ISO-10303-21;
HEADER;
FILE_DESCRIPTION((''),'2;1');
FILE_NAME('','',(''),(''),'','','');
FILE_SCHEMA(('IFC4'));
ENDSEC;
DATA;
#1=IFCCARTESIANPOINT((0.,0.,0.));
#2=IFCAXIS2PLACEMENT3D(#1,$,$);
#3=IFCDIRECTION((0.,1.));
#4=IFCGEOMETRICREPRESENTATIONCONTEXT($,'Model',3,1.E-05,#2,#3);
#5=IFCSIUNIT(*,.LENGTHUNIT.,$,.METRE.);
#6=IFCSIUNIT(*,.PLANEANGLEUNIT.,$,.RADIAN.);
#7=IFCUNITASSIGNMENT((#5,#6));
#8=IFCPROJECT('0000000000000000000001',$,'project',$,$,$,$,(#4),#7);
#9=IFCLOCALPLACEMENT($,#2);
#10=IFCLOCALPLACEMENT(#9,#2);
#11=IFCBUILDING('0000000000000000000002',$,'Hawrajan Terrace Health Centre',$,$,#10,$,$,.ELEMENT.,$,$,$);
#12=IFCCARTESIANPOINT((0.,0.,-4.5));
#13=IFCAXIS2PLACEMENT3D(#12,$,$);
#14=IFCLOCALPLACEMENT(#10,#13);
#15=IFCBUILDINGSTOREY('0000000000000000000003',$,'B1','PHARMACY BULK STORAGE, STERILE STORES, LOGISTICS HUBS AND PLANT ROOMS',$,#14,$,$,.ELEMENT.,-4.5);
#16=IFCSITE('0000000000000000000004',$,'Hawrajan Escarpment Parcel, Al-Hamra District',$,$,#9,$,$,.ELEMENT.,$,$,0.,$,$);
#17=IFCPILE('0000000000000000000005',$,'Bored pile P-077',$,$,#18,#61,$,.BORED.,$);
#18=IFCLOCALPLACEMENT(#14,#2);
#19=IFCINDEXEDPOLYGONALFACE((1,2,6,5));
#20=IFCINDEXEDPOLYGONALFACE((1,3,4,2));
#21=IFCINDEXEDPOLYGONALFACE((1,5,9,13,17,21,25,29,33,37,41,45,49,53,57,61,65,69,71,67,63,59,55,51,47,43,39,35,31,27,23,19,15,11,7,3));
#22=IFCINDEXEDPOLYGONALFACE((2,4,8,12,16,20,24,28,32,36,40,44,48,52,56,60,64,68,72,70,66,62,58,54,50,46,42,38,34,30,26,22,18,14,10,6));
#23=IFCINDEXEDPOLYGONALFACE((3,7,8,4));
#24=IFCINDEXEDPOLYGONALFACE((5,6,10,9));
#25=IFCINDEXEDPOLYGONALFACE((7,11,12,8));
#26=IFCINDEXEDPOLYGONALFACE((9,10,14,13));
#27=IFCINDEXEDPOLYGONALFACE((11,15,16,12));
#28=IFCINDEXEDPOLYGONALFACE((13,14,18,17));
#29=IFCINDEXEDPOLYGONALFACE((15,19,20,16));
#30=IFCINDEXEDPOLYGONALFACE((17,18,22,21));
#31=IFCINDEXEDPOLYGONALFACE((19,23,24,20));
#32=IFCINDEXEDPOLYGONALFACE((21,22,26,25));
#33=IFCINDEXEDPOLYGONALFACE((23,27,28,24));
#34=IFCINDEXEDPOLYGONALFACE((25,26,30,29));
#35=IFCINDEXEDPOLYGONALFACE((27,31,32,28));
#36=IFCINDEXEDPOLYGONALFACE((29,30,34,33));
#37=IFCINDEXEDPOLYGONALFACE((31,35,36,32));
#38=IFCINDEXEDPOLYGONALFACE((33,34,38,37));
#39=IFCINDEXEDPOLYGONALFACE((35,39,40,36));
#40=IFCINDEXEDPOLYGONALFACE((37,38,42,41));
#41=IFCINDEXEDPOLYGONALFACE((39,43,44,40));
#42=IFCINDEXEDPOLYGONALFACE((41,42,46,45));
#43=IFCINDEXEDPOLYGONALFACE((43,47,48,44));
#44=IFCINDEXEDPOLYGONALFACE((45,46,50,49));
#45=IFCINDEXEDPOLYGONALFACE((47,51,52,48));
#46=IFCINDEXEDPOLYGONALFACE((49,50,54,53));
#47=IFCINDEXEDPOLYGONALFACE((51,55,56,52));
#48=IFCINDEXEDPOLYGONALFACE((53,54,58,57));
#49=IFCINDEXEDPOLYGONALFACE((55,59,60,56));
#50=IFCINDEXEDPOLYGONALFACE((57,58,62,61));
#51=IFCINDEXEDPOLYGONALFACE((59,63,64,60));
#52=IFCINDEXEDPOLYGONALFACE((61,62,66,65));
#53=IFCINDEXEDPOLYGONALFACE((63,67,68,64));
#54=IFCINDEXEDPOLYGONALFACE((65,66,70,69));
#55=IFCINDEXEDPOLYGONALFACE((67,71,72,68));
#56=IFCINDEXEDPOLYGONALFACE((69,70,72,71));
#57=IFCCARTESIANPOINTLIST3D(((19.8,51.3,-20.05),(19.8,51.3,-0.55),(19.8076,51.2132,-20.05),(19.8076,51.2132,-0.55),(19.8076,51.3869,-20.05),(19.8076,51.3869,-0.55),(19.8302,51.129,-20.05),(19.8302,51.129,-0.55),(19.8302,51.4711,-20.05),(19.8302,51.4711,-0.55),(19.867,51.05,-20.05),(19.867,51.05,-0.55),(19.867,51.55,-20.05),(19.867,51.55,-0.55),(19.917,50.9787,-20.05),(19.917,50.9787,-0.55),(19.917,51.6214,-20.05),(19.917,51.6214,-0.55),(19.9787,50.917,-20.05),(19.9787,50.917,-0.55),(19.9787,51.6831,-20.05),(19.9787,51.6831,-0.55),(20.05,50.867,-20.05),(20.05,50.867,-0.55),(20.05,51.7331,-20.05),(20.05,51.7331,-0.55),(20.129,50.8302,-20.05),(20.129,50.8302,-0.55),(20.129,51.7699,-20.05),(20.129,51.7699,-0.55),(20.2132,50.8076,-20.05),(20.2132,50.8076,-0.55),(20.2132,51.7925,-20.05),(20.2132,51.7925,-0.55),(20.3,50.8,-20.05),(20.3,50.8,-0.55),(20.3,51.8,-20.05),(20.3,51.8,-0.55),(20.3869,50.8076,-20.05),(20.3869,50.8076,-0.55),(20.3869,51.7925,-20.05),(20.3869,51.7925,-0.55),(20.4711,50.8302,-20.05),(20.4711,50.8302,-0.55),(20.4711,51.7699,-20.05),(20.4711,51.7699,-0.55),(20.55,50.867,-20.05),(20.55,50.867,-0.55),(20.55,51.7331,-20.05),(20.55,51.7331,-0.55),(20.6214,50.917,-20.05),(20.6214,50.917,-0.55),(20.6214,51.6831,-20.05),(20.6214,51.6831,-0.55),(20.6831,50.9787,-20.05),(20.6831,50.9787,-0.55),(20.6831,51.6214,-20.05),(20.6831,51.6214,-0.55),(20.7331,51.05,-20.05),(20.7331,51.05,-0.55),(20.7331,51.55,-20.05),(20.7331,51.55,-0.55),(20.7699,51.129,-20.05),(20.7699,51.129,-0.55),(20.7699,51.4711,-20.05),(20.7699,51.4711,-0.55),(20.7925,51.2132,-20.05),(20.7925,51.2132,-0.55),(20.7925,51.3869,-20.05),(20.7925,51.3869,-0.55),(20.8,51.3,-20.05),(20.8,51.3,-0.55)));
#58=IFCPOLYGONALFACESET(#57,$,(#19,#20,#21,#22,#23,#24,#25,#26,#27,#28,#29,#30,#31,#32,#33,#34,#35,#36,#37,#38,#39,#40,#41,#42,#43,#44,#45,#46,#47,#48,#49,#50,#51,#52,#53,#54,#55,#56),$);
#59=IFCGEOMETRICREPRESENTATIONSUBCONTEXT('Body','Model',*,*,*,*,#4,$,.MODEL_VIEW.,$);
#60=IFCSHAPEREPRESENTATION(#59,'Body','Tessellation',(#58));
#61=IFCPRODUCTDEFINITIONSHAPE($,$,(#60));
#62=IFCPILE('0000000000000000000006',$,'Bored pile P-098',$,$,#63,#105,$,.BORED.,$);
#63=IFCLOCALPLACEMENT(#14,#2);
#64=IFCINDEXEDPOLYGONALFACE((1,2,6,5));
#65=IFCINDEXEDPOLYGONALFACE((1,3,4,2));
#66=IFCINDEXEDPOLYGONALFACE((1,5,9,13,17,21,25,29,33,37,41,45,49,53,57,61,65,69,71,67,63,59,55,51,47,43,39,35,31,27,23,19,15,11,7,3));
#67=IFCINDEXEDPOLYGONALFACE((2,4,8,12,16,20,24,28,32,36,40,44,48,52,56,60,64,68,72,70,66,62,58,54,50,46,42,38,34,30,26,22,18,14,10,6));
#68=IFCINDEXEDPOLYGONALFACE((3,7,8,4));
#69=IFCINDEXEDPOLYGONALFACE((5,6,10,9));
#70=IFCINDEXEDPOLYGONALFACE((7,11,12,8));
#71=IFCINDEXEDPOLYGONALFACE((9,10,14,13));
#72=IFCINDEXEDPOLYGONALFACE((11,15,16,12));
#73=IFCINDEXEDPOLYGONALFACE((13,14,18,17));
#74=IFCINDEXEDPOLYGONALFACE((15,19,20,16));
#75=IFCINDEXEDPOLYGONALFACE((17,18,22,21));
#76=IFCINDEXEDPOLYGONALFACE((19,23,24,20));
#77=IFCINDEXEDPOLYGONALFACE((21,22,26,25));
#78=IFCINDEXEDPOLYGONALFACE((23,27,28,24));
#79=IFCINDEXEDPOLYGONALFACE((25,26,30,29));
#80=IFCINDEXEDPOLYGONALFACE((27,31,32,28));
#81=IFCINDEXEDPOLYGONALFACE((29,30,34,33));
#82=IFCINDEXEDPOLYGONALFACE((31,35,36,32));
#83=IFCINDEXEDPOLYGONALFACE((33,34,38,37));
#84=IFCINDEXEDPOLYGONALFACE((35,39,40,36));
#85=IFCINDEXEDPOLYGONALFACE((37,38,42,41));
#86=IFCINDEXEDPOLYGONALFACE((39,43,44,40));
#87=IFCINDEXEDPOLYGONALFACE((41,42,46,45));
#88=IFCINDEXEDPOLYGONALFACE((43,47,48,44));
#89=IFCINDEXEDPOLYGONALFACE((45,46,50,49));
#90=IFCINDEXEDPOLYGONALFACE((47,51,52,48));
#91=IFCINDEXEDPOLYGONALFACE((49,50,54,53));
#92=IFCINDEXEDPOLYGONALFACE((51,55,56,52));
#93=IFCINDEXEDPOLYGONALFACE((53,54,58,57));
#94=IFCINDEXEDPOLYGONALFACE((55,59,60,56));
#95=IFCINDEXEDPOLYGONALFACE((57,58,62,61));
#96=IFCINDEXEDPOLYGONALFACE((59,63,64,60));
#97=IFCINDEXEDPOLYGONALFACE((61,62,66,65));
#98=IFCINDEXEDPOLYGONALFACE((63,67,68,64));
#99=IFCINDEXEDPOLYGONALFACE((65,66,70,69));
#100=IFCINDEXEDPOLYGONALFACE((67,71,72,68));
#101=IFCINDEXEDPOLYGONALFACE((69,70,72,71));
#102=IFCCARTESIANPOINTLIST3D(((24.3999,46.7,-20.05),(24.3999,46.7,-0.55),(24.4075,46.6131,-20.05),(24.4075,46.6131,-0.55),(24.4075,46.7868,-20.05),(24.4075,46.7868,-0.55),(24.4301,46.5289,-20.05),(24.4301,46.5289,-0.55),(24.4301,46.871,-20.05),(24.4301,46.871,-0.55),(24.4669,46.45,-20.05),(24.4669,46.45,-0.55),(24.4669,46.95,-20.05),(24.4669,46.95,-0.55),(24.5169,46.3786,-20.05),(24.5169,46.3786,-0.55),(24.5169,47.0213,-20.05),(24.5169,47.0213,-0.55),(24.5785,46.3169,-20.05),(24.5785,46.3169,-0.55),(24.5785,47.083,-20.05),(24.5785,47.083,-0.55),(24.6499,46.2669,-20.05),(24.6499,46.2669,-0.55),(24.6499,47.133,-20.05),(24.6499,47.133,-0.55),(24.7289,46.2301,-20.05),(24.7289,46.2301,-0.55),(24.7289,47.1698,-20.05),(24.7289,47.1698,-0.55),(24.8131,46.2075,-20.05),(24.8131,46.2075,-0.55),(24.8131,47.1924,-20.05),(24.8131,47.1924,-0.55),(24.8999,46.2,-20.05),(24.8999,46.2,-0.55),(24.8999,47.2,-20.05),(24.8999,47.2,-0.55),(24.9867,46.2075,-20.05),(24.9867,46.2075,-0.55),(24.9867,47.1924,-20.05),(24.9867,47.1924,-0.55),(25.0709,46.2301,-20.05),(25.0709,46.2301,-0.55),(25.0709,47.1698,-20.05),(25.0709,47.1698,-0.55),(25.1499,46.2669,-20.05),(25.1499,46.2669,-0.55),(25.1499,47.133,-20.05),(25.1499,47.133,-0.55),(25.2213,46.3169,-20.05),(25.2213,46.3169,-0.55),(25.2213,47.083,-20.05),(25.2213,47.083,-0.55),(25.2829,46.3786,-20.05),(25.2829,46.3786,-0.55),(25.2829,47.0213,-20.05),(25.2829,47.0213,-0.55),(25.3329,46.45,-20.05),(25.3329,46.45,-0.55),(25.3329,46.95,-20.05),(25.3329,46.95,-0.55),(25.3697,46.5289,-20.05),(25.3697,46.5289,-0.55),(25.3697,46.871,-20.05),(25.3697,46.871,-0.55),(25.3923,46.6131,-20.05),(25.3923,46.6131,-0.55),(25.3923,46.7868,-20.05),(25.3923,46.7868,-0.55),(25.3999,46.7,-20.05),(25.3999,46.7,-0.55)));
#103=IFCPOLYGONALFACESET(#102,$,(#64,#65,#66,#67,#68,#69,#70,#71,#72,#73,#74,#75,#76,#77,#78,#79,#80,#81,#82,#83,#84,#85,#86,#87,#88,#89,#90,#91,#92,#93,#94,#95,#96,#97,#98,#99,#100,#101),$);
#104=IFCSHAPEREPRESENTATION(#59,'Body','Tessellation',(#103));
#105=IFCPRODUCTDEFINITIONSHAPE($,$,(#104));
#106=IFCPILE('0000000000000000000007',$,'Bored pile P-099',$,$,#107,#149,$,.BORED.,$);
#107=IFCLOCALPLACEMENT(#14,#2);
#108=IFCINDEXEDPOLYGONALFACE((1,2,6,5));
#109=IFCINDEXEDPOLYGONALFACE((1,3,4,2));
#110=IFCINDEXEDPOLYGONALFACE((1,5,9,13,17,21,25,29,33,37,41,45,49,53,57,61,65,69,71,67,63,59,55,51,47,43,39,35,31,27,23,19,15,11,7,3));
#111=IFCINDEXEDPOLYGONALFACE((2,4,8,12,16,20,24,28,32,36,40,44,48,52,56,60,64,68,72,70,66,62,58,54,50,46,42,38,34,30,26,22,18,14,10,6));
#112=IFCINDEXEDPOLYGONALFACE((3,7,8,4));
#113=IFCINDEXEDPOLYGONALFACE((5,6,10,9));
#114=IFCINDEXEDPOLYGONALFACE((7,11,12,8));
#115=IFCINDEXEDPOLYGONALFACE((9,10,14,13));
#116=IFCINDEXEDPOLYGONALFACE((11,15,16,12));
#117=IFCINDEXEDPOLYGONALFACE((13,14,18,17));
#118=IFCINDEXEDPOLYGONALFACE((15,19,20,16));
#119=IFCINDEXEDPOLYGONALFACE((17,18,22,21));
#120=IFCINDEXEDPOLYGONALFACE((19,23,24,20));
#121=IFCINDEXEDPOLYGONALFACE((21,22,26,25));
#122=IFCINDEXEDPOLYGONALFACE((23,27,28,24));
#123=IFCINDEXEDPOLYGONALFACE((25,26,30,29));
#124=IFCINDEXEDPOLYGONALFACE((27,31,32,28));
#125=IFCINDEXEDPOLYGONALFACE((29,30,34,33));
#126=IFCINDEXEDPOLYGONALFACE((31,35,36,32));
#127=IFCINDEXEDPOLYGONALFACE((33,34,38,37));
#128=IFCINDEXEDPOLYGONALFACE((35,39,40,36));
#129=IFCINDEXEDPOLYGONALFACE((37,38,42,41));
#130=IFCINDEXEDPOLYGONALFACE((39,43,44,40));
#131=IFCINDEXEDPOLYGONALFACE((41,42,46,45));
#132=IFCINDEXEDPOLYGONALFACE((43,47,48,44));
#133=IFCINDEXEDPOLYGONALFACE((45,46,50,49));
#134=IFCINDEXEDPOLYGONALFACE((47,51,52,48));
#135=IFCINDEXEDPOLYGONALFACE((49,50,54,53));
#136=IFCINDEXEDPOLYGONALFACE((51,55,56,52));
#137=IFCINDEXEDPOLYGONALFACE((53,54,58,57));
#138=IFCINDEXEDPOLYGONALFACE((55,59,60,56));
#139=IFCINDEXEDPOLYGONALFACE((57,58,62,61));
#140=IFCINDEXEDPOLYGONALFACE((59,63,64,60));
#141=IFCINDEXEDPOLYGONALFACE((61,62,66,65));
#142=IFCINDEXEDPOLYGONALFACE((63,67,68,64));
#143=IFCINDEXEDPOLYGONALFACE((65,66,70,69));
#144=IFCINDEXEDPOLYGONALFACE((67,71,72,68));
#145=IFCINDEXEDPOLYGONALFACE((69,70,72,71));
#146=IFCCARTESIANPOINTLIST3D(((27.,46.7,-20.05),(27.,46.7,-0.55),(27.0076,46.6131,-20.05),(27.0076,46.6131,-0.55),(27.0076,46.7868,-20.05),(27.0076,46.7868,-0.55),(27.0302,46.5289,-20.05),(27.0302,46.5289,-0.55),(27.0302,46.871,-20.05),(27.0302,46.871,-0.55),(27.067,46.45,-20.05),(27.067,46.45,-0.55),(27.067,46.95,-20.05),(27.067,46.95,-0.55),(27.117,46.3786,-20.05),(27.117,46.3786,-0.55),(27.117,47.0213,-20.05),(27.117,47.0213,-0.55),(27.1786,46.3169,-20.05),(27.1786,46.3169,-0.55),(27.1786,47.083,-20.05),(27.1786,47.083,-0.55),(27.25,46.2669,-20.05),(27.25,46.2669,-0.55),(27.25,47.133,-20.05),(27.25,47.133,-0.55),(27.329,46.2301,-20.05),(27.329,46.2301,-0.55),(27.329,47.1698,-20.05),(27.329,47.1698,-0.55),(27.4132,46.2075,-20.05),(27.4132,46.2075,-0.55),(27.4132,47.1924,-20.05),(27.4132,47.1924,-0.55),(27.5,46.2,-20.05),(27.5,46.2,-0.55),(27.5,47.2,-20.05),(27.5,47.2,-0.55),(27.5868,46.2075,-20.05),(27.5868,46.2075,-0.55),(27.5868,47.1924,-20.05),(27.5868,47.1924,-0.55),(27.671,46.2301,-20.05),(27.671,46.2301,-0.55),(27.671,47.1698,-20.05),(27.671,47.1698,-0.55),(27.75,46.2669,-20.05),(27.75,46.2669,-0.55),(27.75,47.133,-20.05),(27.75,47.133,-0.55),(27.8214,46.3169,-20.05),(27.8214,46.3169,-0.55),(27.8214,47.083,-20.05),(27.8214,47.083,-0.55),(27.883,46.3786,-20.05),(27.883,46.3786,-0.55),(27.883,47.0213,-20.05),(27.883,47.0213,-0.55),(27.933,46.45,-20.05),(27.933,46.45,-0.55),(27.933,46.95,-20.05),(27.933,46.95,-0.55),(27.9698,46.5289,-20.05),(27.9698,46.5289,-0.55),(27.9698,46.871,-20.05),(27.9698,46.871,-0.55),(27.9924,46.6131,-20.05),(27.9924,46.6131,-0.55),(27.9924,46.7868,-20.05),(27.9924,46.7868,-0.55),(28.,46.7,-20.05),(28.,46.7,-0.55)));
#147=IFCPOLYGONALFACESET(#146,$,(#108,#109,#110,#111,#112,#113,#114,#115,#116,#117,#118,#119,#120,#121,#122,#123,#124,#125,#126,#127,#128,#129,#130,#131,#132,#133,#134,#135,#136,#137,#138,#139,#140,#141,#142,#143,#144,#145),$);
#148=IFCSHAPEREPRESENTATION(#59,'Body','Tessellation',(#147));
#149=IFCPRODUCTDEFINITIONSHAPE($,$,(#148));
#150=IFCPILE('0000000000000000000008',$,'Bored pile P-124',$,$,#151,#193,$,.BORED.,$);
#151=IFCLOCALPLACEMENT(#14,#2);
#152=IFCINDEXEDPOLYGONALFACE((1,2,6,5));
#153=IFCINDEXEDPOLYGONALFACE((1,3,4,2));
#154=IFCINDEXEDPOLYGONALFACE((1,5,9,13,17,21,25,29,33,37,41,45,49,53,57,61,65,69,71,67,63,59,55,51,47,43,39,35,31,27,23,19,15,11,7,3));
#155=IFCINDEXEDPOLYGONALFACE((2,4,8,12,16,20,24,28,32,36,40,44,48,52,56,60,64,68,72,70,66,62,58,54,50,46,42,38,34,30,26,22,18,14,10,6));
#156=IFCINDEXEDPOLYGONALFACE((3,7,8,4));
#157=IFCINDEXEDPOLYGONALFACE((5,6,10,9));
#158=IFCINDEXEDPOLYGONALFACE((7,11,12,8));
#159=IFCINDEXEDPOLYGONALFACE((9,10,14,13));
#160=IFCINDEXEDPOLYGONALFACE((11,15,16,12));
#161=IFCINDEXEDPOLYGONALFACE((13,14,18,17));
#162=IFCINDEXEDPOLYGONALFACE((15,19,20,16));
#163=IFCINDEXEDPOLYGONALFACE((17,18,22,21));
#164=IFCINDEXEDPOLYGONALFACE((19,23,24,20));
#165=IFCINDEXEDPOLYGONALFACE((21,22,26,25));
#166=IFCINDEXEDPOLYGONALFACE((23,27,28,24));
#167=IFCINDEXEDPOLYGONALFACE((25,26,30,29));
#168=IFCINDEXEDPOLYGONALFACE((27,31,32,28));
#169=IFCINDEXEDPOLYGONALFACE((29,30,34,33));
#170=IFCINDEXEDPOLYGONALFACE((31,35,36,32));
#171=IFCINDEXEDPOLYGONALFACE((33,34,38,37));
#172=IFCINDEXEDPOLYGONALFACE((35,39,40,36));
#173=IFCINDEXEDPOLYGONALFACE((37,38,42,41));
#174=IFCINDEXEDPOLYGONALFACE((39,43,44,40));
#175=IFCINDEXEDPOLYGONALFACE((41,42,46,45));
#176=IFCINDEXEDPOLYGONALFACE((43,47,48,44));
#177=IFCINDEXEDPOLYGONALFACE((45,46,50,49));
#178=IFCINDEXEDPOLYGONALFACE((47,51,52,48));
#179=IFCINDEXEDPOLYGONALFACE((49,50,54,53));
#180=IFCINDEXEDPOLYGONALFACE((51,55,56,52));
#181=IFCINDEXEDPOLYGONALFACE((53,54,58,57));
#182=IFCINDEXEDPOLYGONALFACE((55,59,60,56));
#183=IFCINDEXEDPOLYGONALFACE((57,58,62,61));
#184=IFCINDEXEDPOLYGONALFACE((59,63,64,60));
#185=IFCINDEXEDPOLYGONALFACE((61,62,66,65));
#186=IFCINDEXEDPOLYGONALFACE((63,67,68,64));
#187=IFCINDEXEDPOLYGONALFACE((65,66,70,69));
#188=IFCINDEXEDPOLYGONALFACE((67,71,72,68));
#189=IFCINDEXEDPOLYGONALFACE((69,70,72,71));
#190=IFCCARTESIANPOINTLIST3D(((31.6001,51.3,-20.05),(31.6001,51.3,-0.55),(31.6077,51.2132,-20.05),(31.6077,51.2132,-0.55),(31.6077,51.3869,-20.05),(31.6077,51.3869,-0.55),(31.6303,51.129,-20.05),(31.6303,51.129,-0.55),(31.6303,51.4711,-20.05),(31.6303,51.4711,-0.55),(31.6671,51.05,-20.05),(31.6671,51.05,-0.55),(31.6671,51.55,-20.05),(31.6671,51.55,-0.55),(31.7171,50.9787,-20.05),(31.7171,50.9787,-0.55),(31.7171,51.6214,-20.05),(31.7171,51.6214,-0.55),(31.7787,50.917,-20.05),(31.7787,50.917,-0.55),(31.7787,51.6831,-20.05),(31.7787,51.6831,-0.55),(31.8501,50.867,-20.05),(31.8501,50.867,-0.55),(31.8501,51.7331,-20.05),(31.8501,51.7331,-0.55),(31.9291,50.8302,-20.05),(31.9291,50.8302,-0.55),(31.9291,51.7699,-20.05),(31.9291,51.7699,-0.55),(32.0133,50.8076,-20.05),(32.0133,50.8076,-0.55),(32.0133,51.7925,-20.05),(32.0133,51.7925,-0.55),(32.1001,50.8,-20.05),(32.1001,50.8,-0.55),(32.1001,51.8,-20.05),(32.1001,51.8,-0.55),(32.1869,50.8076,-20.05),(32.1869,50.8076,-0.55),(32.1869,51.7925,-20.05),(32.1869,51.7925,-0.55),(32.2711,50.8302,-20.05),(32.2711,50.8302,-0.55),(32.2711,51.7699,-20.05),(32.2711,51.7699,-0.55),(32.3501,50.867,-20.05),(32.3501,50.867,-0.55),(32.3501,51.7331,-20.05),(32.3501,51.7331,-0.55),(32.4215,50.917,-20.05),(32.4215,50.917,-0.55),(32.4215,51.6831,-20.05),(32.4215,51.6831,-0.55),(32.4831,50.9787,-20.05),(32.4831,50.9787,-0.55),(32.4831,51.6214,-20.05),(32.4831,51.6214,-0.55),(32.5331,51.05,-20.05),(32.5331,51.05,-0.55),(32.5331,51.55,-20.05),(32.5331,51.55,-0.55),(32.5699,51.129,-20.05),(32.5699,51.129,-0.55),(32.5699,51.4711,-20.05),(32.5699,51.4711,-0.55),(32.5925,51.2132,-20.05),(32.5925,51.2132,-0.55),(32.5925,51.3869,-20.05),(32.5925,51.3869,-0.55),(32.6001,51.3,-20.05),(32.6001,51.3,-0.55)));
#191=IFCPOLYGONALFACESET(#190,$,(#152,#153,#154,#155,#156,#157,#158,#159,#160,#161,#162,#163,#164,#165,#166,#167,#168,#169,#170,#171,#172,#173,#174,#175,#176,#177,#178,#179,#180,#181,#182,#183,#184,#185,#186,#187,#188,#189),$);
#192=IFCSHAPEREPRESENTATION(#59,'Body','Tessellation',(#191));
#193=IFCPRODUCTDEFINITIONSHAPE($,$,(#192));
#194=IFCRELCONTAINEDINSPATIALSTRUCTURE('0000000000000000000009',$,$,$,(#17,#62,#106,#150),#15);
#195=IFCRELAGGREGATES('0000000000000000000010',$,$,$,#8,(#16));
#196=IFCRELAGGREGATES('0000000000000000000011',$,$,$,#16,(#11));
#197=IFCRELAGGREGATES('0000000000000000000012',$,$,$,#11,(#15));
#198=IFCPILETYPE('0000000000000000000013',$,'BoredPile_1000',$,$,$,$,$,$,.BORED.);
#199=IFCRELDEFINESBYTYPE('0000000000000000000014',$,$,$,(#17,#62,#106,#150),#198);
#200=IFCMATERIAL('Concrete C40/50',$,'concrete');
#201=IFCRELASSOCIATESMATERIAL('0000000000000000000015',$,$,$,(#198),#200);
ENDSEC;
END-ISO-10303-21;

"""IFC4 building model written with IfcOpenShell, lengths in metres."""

from ifc_helpers import new_model, si_unit, direction, frame, origin, origin_2d, place, context, subcontext, project, spatial, circle, extrude, material, material_profile, profile_set, type_object, element, save


model = new_model("IFC4")

# Units and contexts
model_context = context("Model", 3, precision=1e-05, world=origin(), true_north=direction((0.0, 1.0)))
body_context = subcontext(model_context, "Body", "Model", "MODEL_VIEW")
ifc_project = project(units=[si_unit("LENGTHUNIT", "METRE"), si_unit("PLANEANGLEUNIT", "RADIAN")], contexts=[model_context])

# Site, building, storey
site_placement = place(None, origin())
site = spatial("IfcSite", under=ifc_project, at=site_placement, Name="Hawrajan Escarpment Parcel, Al-Hamra District", CompositionType="ELEMENT", RefElevation=0.0)
building_placement = place(site_placement, origin())
building = spatial("IfcBuilding", under=site, at=building_placement, Name="Hawrajan Terrace Health Centre", CompositionType="ELEMENT")
storey_placement = place(building_placement, frame((0.0, 0.0, -4.5)))
storey = spatial("IfcBuildingStorey", under=building, at=storey_placement, Name="B1", Description="PHARMACY BULK STORAGE, STERILE STORES, LOGISTICS HUBS AND PLANT ROOMS", CompositionType="ELEMENT", Elevation=-4.5)

# Piles
ifc_material_1 = material(Name="Concrete C40/50", Category="concrete")
ifc_material_profile_1 = material_profile(ifc_material_1, circle(Radius=0.5, at=origin_2d()), Name="BP 1000")
ifc_profile_set_1 = profile_set([ifc_material_profile_1], Name="Concrete C40/50")
pile_type_1 = type_object("IfcPileType", Name="BoredPile_1000", PredefinedType="BORED", material=ifc_profile_set_1)
for number, where, z_axis, x_axis, name in (
    (1, (20.3, 51.3, -0.55), (0.0, 0.0, -1.0), (1.0, 0.0, 0.0), "Bored pile P-077"),
    (2, (24.8999, 46.7, -0.55), (0.0, 0.0, -1.0), (1.0, 0.0, 0.0), "Bored pile P-098"),
    (3, (27.5, 46.7, -0.55), (0.0, 0.0, -1.0), (1.0, 0.0, 0.0), "Bored pile P-099"),
    (4, (32.1001, 51.3, -0.55), (0.0, 0.0, -1.0), (1.0, 0.0, 0.0), "Bored pile P-124"),
):
    element("IfcPile", number, at=place(storey_placement, frame(where, z_axis=z_axis, x_axis=x_axis)), inside=storey, type_object=pile_type_1, Name=name, PredefinedType="BORED", context=body_context, shape_type="SweptSolid", body=[
        extrude(circle(Radius=0.5, at=origin_2d()), origin(), (0.0, 0.0, 1.0), 19.5),
    ])

save(model, "model.ifc")
